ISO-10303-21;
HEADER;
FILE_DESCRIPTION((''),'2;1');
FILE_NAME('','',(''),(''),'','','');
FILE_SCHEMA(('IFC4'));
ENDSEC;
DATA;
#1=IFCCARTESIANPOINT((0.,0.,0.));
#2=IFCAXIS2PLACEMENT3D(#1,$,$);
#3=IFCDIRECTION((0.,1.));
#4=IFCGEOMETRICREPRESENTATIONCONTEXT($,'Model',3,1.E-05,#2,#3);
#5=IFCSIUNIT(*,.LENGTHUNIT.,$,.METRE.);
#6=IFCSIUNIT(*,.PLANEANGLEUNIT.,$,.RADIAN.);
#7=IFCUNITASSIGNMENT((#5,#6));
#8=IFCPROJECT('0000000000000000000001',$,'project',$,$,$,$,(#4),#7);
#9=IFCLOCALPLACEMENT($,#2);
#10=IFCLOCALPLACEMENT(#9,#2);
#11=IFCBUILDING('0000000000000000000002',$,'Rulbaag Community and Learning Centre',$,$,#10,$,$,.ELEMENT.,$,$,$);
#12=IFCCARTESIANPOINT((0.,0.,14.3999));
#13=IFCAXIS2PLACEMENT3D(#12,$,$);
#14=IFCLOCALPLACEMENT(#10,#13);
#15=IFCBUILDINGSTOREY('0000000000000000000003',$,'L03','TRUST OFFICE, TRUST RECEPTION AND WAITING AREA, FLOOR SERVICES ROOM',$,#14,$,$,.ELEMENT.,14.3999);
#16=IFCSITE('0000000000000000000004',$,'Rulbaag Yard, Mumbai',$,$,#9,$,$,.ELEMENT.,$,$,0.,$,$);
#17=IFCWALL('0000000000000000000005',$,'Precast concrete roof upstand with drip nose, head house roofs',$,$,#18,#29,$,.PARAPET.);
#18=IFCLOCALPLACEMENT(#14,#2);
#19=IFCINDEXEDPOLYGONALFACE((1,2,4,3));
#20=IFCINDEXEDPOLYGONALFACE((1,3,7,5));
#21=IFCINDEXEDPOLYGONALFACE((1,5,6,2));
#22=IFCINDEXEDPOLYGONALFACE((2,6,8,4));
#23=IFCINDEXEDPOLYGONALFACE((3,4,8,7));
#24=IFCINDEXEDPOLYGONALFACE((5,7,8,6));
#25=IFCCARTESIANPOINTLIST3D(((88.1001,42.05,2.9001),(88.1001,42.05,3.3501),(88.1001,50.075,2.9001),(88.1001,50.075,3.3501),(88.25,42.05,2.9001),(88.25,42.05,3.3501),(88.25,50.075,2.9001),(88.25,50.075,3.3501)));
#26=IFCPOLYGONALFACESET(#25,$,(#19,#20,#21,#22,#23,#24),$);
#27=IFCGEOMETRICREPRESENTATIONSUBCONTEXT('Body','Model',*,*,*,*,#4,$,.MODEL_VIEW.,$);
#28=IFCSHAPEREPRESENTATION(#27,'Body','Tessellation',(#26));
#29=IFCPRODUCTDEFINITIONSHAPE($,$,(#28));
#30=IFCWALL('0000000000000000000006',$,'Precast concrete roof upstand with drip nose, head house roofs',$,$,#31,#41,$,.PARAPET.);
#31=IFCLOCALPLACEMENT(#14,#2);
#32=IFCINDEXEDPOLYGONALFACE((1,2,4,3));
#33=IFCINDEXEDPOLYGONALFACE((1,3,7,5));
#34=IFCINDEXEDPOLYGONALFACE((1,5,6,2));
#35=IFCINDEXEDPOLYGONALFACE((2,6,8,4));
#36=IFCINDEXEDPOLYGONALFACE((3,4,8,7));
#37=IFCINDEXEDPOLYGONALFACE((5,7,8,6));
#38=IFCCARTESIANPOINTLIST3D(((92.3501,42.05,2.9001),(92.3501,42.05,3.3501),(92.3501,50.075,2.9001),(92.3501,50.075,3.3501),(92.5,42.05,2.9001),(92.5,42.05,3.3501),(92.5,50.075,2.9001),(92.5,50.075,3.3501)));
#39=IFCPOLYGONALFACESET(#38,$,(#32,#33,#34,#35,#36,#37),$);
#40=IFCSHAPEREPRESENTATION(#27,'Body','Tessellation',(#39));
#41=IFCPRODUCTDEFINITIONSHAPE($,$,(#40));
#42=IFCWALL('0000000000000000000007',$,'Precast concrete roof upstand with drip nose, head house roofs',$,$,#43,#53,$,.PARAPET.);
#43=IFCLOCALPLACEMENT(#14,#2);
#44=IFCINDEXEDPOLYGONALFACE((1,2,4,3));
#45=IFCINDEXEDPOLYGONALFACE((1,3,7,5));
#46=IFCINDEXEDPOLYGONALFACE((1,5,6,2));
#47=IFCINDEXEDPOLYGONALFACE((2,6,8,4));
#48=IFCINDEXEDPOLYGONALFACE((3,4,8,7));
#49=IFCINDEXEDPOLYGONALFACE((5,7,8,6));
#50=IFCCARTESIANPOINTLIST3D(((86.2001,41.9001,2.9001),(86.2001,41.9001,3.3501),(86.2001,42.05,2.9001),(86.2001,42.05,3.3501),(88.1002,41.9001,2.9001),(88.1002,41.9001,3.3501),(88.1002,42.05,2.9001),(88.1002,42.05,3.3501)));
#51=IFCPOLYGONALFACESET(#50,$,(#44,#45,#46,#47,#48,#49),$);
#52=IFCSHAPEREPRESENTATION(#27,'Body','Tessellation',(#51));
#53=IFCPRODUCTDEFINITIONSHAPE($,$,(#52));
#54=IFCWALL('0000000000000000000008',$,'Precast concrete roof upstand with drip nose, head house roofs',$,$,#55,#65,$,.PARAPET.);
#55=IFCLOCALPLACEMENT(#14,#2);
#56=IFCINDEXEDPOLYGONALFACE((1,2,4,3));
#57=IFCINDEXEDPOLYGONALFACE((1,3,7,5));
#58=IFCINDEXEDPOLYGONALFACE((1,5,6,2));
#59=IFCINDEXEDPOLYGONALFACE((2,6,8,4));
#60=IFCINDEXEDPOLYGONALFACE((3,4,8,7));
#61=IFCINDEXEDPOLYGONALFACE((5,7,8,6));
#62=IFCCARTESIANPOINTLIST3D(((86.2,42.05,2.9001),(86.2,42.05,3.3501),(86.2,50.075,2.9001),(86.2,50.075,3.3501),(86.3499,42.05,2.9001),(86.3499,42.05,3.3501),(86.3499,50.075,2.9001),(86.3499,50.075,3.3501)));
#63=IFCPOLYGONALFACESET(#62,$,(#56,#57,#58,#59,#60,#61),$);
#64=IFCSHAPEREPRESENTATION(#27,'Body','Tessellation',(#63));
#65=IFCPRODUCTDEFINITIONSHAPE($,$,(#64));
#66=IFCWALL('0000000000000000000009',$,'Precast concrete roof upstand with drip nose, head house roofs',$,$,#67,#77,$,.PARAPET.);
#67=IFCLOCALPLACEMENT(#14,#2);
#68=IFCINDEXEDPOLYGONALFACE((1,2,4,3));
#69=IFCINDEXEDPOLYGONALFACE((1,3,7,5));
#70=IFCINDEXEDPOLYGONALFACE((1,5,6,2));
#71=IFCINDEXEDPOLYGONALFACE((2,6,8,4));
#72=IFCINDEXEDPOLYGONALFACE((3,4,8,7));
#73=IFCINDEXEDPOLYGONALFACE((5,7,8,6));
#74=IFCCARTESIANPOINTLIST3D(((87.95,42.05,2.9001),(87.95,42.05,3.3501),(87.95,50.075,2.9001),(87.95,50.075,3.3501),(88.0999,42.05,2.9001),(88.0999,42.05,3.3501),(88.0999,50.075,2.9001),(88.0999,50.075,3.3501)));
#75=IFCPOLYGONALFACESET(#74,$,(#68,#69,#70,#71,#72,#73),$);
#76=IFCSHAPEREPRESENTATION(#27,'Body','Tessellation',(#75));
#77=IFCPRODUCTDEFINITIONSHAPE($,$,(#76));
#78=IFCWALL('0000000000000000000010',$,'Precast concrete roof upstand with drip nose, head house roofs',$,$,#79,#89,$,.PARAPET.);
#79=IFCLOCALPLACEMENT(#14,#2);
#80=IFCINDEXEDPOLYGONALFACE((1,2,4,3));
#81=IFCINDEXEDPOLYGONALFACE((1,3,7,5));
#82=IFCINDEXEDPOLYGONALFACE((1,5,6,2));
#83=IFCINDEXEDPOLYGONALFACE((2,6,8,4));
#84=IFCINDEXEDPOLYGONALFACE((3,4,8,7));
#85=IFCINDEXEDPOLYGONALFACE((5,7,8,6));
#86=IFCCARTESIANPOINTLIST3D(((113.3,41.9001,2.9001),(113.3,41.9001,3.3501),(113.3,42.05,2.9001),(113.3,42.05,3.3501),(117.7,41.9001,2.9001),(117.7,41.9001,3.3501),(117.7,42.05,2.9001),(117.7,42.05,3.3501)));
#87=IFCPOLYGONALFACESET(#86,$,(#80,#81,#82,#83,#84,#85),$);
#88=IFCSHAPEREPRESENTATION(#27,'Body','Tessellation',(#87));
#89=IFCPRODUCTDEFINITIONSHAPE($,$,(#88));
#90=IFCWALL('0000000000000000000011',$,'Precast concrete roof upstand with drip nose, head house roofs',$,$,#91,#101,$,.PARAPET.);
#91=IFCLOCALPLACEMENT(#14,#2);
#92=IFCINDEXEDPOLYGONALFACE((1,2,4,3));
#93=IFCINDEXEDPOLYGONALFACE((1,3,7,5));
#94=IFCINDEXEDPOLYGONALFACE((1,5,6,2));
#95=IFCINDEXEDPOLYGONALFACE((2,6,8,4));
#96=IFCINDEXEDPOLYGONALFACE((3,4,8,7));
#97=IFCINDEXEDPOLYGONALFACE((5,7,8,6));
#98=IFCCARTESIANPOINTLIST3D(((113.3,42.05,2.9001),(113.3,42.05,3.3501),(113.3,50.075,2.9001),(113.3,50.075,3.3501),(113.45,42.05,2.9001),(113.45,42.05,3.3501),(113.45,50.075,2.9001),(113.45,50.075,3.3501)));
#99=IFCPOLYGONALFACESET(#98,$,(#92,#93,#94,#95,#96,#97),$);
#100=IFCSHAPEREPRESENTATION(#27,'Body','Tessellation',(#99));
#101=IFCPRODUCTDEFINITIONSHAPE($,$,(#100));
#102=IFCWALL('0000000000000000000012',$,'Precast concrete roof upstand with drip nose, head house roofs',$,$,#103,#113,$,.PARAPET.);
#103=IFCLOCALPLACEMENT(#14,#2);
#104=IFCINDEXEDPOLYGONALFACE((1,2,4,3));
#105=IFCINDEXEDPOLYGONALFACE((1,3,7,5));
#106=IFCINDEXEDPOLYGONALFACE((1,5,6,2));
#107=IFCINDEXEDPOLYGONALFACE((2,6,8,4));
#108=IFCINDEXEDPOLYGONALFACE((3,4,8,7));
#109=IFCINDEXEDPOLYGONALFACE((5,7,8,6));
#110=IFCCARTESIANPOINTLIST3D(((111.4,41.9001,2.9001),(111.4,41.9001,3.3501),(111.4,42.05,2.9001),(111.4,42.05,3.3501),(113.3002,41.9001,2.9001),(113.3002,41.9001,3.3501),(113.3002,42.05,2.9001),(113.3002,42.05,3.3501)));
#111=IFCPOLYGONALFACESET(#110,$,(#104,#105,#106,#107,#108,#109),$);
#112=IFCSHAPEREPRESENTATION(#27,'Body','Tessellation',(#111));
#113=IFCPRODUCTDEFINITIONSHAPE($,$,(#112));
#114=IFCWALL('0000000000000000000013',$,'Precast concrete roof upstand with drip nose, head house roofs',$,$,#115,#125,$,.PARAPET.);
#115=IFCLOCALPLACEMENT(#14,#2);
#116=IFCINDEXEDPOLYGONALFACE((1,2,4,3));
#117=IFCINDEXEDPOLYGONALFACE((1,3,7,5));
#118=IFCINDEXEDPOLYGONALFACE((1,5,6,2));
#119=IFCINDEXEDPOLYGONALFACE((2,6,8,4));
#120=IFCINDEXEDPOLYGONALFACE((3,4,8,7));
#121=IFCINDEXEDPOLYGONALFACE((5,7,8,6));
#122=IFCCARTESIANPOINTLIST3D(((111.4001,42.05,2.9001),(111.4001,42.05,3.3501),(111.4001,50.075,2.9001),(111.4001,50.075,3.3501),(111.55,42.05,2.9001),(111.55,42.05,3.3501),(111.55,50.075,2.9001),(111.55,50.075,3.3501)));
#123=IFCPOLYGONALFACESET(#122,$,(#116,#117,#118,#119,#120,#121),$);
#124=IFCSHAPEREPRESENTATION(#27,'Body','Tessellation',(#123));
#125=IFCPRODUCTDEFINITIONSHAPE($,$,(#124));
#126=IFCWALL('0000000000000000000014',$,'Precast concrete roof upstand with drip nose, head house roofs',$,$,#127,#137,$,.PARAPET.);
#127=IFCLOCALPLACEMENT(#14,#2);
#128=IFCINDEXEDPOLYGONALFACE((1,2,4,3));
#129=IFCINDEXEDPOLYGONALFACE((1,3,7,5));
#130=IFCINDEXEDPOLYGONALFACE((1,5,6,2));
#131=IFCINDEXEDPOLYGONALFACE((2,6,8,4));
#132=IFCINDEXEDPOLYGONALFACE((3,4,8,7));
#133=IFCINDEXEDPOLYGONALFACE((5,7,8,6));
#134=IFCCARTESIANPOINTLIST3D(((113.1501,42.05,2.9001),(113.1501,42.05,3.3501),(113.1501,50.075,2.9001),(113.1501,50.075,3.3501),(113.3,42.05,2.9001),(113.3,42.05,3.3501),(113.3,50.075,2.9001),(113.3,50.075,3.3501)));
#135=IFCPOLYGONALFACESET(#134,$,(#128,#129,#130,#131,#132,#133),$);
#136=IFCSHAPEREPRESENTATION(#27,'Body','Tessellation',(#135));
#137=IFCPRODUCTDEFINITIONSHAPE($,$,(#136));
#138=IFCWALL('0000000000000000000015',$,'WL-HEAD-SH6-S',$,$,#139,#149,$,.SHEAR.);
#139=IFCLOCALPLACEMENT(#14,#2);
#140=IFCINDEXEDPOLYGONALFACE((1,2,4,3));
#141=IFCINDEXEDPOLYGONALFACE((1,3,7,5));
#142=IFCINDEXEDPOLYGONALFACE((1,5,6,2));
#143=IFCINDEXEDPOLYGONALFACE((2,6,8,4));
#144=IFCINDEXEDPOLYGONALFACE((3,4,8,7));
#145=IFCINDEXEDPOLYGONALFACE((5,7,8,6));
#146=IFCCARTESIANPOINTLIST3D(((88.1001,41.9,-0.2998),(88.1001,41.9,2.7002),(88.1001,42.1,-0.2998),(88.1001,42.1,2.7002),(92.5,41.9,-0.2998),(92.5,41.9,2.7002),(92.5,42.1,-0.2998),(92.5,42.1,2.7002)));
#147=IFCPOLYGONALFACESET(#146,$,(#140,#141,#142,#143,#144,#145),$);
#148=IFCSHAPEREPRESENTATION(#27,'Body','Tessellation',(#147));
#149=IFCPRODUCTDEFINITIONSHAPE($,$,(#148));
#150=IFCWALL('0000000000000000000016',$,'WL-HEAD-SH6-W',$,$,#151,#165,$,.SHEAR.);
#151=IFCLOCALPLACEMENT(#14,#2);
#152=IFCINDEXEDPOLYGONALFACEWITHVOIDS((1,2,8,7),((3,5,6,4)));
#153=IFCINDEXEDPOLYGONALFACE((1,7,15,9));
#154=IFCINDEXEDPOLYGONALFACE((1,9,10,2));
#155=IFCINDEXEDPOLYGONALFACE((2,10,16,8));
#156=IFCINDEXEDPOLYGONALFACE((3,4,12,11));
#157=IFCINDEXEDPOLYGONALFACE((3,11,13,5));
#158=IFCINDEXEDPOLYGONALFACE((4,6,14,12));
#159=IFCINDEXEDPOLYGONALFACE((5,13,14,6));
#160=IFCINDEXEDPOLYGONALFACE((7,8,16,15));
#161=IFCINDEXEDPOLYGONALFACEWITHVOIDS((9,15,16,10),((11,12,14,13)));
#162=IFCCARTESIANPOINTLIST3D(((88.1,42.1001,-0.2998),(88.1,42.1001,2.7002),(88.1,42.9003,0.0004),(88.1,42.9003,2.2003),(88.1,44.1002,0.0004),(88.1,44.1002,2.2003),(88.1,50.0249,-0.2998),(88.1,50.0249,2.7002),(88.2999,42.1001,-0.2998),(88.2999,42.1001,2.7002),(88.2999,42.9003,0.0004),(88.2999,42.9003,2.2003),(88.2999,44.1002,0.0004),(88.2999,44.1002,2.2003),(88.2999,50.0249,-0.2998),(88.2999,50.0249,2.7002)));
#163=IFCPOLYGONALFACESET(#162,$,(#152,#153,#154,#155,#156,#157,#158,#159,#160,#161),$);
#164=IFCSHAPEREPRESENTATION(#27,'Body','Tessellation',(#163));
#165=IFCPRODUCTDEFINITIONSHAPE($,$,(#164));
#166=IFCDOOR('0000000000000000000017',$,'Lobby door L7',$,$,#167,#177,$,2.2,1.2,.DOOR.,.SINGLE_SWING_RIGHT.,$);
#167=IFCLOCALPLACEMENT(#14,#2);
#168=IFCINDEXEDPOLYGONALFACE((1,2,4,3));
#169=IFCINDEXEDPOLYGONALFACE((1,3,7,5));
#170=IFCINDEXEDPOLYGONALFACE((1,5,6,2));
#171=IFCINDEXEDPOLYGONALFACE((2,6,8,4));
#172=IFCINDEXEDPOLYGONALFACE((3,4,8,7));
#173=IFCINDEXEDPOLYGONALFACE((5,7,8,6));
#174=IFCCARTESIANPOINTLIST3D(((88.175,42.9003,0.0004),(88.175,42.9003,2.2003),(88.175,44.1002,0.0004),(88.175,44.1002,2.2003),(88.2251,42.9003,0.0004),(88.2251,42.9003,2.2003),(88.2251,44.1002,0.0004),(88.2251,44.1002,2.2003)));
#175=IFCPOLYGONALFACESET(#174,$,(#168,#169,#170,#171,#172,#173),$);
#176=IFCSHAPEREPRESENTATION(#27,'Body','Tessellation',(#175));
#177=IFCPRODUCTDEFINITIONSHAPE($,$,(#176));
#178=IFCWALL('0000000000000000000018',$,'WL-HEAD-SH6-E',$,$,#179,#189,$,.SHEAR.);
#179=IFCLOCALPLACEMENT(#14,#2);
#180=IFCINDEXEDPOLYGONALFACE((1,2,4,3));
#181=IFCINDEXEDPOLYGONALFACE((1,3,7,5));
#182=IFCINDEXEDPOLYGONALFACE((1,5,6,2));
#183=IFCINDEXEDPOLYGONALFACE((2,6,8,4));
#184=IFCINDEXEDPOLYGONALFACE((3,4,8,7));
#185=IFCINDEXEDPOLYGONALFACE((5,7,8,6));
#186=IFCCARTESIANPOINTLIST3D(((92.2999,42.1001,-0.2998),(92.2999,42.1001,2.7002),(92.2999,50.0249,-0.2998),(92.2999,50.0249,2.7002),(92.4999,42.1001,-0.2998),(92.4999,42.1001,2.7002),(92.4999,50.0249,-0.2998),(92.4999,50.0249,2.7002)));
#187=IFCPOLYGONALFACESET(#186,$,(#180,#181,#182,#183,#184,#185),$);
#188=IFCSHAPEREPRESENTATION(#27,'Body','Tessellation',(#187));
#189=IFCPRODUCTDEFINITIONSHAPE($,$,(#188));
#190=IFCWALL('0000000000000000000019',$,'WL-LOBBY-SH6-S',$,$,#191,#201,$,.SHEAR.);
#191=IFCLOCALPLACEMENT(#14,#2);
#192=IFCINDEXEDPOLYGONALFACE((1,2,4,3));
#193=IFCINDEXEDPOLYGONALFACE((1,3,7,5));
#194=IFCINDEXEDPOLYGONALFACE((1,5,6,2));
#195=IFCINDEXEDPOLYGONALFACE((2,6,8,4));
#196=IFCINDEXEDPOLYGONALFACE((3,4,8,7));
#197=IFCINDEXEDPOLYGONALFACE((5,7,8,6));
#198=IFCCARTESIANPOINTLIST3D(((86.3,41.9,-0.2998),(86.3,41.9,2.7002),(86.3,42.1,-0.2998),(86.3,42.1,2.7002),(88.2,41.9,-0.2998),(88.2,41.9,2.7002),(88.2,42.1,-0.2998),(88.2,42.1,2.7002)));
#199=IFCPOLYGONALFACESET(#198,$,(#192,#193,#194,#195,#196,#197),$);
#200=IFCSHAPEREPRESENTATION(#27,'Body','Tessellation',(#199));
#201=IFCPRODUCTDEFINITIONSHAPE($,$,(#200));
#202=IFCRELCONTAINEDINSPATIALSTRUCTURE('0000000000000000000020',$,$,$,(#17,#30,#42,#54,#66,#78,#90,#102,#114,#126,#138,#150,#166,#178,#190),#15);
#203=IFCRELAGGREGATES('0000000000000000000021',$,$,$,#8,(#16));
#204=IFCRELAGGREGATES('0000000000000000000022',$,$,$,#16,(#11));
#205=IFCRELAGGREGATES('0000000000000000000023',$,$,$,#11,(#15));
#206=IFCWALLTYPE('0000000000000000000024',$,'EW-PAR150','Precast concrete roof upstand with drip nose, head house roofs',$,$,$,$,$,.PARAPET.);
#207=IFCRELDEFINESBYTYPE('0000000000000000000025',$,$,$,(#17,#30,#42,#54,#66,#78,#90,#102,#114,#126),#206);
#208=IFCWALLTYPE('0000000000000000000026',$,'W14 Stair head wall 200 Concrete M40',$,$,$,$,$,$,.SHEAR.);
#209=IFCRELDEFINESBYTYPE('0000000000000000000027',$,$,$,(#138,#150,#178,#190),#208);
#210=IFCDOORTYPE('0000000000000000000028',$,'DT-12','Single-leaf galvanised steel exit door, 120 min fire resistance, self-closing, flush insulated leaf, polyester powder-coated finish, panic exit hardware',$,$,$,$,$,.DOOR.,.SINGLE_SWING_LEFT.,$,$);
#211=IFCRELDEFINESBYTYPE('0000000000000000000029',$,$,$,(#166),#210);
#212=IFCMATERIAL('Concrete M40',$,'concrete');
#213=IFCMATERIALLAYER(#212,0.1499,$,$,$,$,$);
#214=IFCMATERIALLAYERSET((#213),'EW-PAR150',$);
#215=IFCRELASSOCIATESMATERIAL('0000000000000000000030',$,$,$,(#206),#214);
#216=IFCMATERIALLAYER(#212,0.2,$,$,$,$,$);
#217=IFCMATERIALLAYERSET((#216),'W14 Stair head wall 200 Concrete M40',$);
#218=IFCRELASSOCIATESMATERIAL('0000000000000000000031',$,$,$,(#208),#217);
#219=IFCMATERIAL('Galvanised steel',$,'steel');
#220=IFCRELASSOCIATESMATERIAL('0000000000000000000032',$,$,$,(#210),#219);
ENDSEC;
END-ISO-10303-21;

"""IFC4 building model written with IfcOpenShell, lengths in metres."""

from ifc_helpers import new_model, si_unit, direction, frame, frame_2d, origin, place, context, subcontext, project, spatial, rectangle, extrude, material, layer, layer_set, type_object, element, fill, save


model = new_model("IFC4")

# Units and contexts
model_context = context("Model", 3, precision=1e-05, world=origin(), true_north=direction((0.0, 1.0)))
body_context = subcontext(model_context, "Body", "Model", "MODEL_VIEW")
ifc_project = project(units=[si_unit("LENGTHUNIT", "METRE"), si_unit("PLANEANGLEUNIT", "RADIAN")], contexts=[model_context])

# Site, building, storey
site_placement = place(None, origin())
site = spatial("IfcSite", under=ifc_project, at=site_placement, Name="Rulbaag Yard, Mumbai", CompositionType="ELEMENT", RefElevation=0.0)
building_placement = place(site_placement, origin())
building = spatial("IfcBuilding", under=site, at=building_placement, Name="Rulbaag Community and Learning Centre", CompositionType="ELEMENT")
storey_placement = place(building_placement, frame((0.0, 0.0, 14.3999)))
storey = spatial("IfcBuildingStorey", under=building, at=storey_placement, Name="L03", Description="TRUST OFFICE, TRUST RECEPTION AND WAITING AREA, FLOOR SERVICES ROOM", CompositionType="ELEMENT", Elevation=14.3999)

# Shared definitions
ifc_material_1 = material(Name="Concrete M40", Category="concrete")

# Walls
ifc_layer_1 = layer(ifc_material_1, 0.1499)
ifc_layer_set_1 = layer_set([ifc_layer_1], Name="EW-PAR150")
wall_type_1 = type_object("IfcWallType", Name="EW-PAR150", Description="Precast concrete roof upstand with drip nose, head house roofs", PredefinedType="PARAPET", material=ifc_layer_set_1)
for number, where, z_axis, x_axis, name in (
    (1, (88.175, 42.05, 2.9001), (0.0, 0.0, 1.0), (0.0, 1.0, 0.0), "Precast concrete roof upstand with drip nose, head house roofs"),
    (2, (92.425, 42.05, 2.9001), (0.0, 0.0, 1.0), (0.0, 1.0, 0.0), "Precast concrete roof upstand with drip nose, head house roofs"),
):
    element("IfcWall", number, at=place(storey_placement, frame(where, z_axis=z_axis, x_axis=x_axis)), inside=storey, type_object=wall_type_1, Name=name, PredefinedType="PARAPET", context=body_context, shape_type="SweptSolid", body=[
        extrude(rectangle(XDim=8.0249, YDim=0.1499, at=frame_2d((4.0125, 0.0))), origin(), (0.0, 0.0, 1.0), 0.45),
    ])
wall_1_placement = place(storey_placement, frame((86.2, 41.9751, 2.9001), z_axis=(0.0, 0.0, 1.0), x_axis=(1.0, 0.0, 0.0)))
element("IfcWall", 3, at=wall_1_placement, inside=storey, type_object=wall_type_1, Name="Precast concrete roof upstand with drip nose, head house roofs", PredefinedType="PARAPET", context=body_context, shape_type="SweptSolid", body=[
    extrude(rectangle(XDim=1.9001, YDim=0.1499, at=frame_2d((0.9502, 0.0))), origin(), (0.0, 0.0, 1.0), 0.45),
])
for number, where, z_axis, x_axis, name in (
    (4, (86.2749, 42.05, 2.9001), (0.0, 0.0, 1.0), (0.0, 1.0, 0.0), "Precast concrete roof upstand with drip nose, head house roofs"),
    (5, (88.0249, 42.05, 2.9001), (0.0, 0.0, 1.0), (0.0, 1.0, 0.0), "Precast concrete roof upstand with drip nose, head house roofs"),
):
    element("IfcWall", number, at=place(storey_placement, frame(where, z_axis=z_axis, x_axis=x_axis)), inside=storey, type_object=wall_type_1, Name=name, PredefinedType="PARAPET", context=body_context, shape_type="SweptSolid", body=[
        extrude(rectangle(XDim=8.0249, YDim=0.1499, at=frame_2d((4.0125, 0.0))), origin(), (0.0, 0.0, 1.0), 0.45),
    ])
wall_2_placement = place(storey_placement, frame((113.3, 41.9751, 2.9001), z_axis=(0.0, 0.0, 1.0), x_axis=(1.0, 0.0, 0.0)))
element("IfcWall", 6, at=wall_2_placement, inside=storey, type_object=wall_type_1, Name="Precast concrete roof upstand with drip nose, head house roofs", PredefinedType="PARAPET", context=body_context, shape_type="SweptSolid", body=[
    extrude(rectangle(XDim=4.3999, YDim=0.1499, at=frame_2d((2.2, 0.0))), origin(), (0.0, 0.0, 1.0), 0.45),
])
wall_3_placement = place(storey_placement, frame((113.375, 42.05, 2.9001), z_axis=(0.0, 0.0, 1.0), x_axis=(0.0, 1.0, 0.0)))
element("IfcWall", 7, at=wall_3_placement, inside=storey, type_object=wall_type_1, Name="Precast concrete roof upstand with drip nose, head house roofs", PredefinedType="PARAPET", context=body_context, shape_type="SweptSolid", body=[
    extrude(rectangle(XDim=8.0249, YDim=0.1499, at=frame_2d((4.0125, 0.0))), origin(), (0.0, 0.0, 1.0), 0.45),
])
wall_4_placement = place(storey_placement, frame((111.3999, 41.9751, 2.9001), z_axis=(0.0, 0.0, 1.0), x_axis=(1.0, 0.0, 0.0)))
element("IfcWall", 8, at=wall_4_placement, inside=storey, type_object=wall_type_1, Name="Precast concrete roof upstand with drip nose, head house roofs", PredefinedType="PARAPET", context=body_context, shape_type="SweptSolid", body=[
    extrude(rectangle(XDim=1.9001, YDim=0.1499, at=frame_2d((0.9502, 0.0))), origin(), (0.0, 0.0, 1.0), 0.45),
])
for number, where, z_axis, x_axis, name in (
    (9, (111.4751, 42.05, 2.9001), (0.0, 0.0, 1.0), (0.0, 1.0, 0.0), "Precast concrete roof upstand with drip nose, head house roofs"),
    (10, (113.2251, 42.05, 2.9001), (0.0, 0.0, 1.0), (0.0, 1.0, 0.0), "Precast concrete roof upstand with drip nose, head house roofs"),
):
    element("IfcWall", number, at=place(storey_placement, frame(where, z_axis=z_axis, x_axis=x_axis)), inside=storey, type_object=wall_type_1, Name=name, PredefinedType="PARAPET", context=body_context, shape_type="SweptSolid", body=[
        extrude(rectangle(XDim=8.0249, YDim=0.1499, at=frame_2d((4.0125, 0.0))), origin(), (0.0, 0.0, 1.0), 0.45),
    ])
ifc_layer_2 = layer(ifc_material_1, 0.2)
ifc_layer_set_2 = layer_set([ifc_layer_2], Name="W14 Stair head wall 200 Concrete M40")
wall_type_2 = type_object("IfcWallType", Name="W14 Stair head wall 200 Concrete M40", PredefinedType="SHEAR", material=ifc_layer_set_2)
wall_5_placement = place(storey_placement, frame((88.1001, 42.0, -0.2998), z_axis=(0.0, 0.0, 1.0), x_axis=(1.0, 0.0, 0.0)))
element("IfcWall", 11, at=wall_5_placement, inside=storey, type_object=wall_type_2, Name="WL-HEAD-SH6-S", PredefinedType="SHEAR", context=body_context, shape_type="SweptSolid", body=[
    extrude(rectangle(XDim=4.3999, YDim=0.2, at=frame_2d((2.2, 0.0))), origin(), (0.0, 0.0, 1.0), 3.0),
])

# Wall, opening, door
wall_6_placement = place(storey_placement, frame((88.2, 42.1001, -0.2998), z_axis=(0.0, 0.0, 1.0), x_axis=(0.0, 1.0, 0.0)))
wall_6 = element("IfcWall", 12, at=wall_6_placement, inside=storey, type_object=wall_type_2, Name="WL-HEAD-SH6-W", PredefinedType="SHEAR", context=body_context, shape_type="SweptSolid", body=[
    extrude(rectangle(XDim=7.9248, YDim=0.2, at=frame_2d((3.9624, 0.0))), origin(), (0.0, 0.0, 1.0), 3.0),
])
opening_1_placement = place(wall_6_placement, frame((0.8, 0.0, 0.3)))
opening_1 = element("IfcOpeningElement", 13, at=opening_1_placement, cuts=wall_6, PredefinedType="OPENING", context=body_context, shape_type="SweptSolid", body=[
    extrude(rectangle(XDim=1.2, YDim=2.2, at=frame_2d((0.6001, 1.1001))), frame((0.0, 0.1099, 0.0), z_axis=(0.0, -1.0, 0.0), x_axis=(1.0, 0.0, 0.0)), (0.0, 0.0, 1.0), 0.22),
])
ifc_material_2 = material(Name="Galvanised steel", Category="steel")
door_type_1 = type_object("IfcDoorType", Name="DT-12", Description="Single-leaf galvanised steel exit door, 120 min fire resistance, self-closing, flush insulated leaf, polyester powder-coated finish, panic exit hardware", OperationType="SINGLE_SWING_LEFT", PredefinedType="DOOR", material=ifc_material_2)
door_1_placement = place(opening_1_placement, origin())
door_1 = element("IfcDoor", 14, at=door_1_placement, inside=storey, type_object=door_type_1, Name="Lobby door L7", OperationType="SINGLE_SWING_RIGHT", OverallHeight=2.2, OverallWidth=1.2, PredefinedType="DOOR", context=body_context, shape_type="SweptSolid", body=[
    extrude(rectangle(XDim=1.2, YDim=2.2, at=frame_2d((0.6001, 1.1001))), frame((0.0, 0.0249, 0.0), z_axis=(0.0, -1.0, 0.0), x_axis=(1.0, 0.0, 0.0)), (0.0, 0.0, 1.0), 0.05),
])
fill(opening_1, door_1)

# Walls
wall_7_placement = place(storey_placement, frame((92.3999, 42.1001, -0.2998), z_axis=(0.0, 0.0, 1.0), x_axis=(0.0, 1.0, 0.0)))
element("IfcWall", 15, at=wall_7_placement, inside=storey, type_object=wall_type_2, Name="WL-HEAD-SH6-E", PredefinedType="SHEAR", context=body_context, shape_type="SweptSolid", body=[
    extrude(rectangle(XDim=7.9248, YDim=0.2, at=frame_2d((3.9624, 0.0))), origin(), (0.0, 0.0, 1.0), 3.0),
])
wall_8_placement = place(storey_placement, frame((88.2, 42.0, -0.2998), z_axis=(0.0, 0.0, 1.0), x_axis=(-1.0, 0.0, 0.0)))
element("IfcWall", 16, at=wall_8_placement, inside=storey, type_object=wall_type_2, Name="WL-LOBBY-SH6-S", PredefinedType="SHEAR", context=body_context, shape_type="SweptSolid", body=[
    extrude(rectangle(XDim=1.8999, YDim=0.2, at=frame_2d((0.95, 0.0))), origin(), (0.0, 0.0, 1.0), 3.0),
])

save(model, "model.ifc")
